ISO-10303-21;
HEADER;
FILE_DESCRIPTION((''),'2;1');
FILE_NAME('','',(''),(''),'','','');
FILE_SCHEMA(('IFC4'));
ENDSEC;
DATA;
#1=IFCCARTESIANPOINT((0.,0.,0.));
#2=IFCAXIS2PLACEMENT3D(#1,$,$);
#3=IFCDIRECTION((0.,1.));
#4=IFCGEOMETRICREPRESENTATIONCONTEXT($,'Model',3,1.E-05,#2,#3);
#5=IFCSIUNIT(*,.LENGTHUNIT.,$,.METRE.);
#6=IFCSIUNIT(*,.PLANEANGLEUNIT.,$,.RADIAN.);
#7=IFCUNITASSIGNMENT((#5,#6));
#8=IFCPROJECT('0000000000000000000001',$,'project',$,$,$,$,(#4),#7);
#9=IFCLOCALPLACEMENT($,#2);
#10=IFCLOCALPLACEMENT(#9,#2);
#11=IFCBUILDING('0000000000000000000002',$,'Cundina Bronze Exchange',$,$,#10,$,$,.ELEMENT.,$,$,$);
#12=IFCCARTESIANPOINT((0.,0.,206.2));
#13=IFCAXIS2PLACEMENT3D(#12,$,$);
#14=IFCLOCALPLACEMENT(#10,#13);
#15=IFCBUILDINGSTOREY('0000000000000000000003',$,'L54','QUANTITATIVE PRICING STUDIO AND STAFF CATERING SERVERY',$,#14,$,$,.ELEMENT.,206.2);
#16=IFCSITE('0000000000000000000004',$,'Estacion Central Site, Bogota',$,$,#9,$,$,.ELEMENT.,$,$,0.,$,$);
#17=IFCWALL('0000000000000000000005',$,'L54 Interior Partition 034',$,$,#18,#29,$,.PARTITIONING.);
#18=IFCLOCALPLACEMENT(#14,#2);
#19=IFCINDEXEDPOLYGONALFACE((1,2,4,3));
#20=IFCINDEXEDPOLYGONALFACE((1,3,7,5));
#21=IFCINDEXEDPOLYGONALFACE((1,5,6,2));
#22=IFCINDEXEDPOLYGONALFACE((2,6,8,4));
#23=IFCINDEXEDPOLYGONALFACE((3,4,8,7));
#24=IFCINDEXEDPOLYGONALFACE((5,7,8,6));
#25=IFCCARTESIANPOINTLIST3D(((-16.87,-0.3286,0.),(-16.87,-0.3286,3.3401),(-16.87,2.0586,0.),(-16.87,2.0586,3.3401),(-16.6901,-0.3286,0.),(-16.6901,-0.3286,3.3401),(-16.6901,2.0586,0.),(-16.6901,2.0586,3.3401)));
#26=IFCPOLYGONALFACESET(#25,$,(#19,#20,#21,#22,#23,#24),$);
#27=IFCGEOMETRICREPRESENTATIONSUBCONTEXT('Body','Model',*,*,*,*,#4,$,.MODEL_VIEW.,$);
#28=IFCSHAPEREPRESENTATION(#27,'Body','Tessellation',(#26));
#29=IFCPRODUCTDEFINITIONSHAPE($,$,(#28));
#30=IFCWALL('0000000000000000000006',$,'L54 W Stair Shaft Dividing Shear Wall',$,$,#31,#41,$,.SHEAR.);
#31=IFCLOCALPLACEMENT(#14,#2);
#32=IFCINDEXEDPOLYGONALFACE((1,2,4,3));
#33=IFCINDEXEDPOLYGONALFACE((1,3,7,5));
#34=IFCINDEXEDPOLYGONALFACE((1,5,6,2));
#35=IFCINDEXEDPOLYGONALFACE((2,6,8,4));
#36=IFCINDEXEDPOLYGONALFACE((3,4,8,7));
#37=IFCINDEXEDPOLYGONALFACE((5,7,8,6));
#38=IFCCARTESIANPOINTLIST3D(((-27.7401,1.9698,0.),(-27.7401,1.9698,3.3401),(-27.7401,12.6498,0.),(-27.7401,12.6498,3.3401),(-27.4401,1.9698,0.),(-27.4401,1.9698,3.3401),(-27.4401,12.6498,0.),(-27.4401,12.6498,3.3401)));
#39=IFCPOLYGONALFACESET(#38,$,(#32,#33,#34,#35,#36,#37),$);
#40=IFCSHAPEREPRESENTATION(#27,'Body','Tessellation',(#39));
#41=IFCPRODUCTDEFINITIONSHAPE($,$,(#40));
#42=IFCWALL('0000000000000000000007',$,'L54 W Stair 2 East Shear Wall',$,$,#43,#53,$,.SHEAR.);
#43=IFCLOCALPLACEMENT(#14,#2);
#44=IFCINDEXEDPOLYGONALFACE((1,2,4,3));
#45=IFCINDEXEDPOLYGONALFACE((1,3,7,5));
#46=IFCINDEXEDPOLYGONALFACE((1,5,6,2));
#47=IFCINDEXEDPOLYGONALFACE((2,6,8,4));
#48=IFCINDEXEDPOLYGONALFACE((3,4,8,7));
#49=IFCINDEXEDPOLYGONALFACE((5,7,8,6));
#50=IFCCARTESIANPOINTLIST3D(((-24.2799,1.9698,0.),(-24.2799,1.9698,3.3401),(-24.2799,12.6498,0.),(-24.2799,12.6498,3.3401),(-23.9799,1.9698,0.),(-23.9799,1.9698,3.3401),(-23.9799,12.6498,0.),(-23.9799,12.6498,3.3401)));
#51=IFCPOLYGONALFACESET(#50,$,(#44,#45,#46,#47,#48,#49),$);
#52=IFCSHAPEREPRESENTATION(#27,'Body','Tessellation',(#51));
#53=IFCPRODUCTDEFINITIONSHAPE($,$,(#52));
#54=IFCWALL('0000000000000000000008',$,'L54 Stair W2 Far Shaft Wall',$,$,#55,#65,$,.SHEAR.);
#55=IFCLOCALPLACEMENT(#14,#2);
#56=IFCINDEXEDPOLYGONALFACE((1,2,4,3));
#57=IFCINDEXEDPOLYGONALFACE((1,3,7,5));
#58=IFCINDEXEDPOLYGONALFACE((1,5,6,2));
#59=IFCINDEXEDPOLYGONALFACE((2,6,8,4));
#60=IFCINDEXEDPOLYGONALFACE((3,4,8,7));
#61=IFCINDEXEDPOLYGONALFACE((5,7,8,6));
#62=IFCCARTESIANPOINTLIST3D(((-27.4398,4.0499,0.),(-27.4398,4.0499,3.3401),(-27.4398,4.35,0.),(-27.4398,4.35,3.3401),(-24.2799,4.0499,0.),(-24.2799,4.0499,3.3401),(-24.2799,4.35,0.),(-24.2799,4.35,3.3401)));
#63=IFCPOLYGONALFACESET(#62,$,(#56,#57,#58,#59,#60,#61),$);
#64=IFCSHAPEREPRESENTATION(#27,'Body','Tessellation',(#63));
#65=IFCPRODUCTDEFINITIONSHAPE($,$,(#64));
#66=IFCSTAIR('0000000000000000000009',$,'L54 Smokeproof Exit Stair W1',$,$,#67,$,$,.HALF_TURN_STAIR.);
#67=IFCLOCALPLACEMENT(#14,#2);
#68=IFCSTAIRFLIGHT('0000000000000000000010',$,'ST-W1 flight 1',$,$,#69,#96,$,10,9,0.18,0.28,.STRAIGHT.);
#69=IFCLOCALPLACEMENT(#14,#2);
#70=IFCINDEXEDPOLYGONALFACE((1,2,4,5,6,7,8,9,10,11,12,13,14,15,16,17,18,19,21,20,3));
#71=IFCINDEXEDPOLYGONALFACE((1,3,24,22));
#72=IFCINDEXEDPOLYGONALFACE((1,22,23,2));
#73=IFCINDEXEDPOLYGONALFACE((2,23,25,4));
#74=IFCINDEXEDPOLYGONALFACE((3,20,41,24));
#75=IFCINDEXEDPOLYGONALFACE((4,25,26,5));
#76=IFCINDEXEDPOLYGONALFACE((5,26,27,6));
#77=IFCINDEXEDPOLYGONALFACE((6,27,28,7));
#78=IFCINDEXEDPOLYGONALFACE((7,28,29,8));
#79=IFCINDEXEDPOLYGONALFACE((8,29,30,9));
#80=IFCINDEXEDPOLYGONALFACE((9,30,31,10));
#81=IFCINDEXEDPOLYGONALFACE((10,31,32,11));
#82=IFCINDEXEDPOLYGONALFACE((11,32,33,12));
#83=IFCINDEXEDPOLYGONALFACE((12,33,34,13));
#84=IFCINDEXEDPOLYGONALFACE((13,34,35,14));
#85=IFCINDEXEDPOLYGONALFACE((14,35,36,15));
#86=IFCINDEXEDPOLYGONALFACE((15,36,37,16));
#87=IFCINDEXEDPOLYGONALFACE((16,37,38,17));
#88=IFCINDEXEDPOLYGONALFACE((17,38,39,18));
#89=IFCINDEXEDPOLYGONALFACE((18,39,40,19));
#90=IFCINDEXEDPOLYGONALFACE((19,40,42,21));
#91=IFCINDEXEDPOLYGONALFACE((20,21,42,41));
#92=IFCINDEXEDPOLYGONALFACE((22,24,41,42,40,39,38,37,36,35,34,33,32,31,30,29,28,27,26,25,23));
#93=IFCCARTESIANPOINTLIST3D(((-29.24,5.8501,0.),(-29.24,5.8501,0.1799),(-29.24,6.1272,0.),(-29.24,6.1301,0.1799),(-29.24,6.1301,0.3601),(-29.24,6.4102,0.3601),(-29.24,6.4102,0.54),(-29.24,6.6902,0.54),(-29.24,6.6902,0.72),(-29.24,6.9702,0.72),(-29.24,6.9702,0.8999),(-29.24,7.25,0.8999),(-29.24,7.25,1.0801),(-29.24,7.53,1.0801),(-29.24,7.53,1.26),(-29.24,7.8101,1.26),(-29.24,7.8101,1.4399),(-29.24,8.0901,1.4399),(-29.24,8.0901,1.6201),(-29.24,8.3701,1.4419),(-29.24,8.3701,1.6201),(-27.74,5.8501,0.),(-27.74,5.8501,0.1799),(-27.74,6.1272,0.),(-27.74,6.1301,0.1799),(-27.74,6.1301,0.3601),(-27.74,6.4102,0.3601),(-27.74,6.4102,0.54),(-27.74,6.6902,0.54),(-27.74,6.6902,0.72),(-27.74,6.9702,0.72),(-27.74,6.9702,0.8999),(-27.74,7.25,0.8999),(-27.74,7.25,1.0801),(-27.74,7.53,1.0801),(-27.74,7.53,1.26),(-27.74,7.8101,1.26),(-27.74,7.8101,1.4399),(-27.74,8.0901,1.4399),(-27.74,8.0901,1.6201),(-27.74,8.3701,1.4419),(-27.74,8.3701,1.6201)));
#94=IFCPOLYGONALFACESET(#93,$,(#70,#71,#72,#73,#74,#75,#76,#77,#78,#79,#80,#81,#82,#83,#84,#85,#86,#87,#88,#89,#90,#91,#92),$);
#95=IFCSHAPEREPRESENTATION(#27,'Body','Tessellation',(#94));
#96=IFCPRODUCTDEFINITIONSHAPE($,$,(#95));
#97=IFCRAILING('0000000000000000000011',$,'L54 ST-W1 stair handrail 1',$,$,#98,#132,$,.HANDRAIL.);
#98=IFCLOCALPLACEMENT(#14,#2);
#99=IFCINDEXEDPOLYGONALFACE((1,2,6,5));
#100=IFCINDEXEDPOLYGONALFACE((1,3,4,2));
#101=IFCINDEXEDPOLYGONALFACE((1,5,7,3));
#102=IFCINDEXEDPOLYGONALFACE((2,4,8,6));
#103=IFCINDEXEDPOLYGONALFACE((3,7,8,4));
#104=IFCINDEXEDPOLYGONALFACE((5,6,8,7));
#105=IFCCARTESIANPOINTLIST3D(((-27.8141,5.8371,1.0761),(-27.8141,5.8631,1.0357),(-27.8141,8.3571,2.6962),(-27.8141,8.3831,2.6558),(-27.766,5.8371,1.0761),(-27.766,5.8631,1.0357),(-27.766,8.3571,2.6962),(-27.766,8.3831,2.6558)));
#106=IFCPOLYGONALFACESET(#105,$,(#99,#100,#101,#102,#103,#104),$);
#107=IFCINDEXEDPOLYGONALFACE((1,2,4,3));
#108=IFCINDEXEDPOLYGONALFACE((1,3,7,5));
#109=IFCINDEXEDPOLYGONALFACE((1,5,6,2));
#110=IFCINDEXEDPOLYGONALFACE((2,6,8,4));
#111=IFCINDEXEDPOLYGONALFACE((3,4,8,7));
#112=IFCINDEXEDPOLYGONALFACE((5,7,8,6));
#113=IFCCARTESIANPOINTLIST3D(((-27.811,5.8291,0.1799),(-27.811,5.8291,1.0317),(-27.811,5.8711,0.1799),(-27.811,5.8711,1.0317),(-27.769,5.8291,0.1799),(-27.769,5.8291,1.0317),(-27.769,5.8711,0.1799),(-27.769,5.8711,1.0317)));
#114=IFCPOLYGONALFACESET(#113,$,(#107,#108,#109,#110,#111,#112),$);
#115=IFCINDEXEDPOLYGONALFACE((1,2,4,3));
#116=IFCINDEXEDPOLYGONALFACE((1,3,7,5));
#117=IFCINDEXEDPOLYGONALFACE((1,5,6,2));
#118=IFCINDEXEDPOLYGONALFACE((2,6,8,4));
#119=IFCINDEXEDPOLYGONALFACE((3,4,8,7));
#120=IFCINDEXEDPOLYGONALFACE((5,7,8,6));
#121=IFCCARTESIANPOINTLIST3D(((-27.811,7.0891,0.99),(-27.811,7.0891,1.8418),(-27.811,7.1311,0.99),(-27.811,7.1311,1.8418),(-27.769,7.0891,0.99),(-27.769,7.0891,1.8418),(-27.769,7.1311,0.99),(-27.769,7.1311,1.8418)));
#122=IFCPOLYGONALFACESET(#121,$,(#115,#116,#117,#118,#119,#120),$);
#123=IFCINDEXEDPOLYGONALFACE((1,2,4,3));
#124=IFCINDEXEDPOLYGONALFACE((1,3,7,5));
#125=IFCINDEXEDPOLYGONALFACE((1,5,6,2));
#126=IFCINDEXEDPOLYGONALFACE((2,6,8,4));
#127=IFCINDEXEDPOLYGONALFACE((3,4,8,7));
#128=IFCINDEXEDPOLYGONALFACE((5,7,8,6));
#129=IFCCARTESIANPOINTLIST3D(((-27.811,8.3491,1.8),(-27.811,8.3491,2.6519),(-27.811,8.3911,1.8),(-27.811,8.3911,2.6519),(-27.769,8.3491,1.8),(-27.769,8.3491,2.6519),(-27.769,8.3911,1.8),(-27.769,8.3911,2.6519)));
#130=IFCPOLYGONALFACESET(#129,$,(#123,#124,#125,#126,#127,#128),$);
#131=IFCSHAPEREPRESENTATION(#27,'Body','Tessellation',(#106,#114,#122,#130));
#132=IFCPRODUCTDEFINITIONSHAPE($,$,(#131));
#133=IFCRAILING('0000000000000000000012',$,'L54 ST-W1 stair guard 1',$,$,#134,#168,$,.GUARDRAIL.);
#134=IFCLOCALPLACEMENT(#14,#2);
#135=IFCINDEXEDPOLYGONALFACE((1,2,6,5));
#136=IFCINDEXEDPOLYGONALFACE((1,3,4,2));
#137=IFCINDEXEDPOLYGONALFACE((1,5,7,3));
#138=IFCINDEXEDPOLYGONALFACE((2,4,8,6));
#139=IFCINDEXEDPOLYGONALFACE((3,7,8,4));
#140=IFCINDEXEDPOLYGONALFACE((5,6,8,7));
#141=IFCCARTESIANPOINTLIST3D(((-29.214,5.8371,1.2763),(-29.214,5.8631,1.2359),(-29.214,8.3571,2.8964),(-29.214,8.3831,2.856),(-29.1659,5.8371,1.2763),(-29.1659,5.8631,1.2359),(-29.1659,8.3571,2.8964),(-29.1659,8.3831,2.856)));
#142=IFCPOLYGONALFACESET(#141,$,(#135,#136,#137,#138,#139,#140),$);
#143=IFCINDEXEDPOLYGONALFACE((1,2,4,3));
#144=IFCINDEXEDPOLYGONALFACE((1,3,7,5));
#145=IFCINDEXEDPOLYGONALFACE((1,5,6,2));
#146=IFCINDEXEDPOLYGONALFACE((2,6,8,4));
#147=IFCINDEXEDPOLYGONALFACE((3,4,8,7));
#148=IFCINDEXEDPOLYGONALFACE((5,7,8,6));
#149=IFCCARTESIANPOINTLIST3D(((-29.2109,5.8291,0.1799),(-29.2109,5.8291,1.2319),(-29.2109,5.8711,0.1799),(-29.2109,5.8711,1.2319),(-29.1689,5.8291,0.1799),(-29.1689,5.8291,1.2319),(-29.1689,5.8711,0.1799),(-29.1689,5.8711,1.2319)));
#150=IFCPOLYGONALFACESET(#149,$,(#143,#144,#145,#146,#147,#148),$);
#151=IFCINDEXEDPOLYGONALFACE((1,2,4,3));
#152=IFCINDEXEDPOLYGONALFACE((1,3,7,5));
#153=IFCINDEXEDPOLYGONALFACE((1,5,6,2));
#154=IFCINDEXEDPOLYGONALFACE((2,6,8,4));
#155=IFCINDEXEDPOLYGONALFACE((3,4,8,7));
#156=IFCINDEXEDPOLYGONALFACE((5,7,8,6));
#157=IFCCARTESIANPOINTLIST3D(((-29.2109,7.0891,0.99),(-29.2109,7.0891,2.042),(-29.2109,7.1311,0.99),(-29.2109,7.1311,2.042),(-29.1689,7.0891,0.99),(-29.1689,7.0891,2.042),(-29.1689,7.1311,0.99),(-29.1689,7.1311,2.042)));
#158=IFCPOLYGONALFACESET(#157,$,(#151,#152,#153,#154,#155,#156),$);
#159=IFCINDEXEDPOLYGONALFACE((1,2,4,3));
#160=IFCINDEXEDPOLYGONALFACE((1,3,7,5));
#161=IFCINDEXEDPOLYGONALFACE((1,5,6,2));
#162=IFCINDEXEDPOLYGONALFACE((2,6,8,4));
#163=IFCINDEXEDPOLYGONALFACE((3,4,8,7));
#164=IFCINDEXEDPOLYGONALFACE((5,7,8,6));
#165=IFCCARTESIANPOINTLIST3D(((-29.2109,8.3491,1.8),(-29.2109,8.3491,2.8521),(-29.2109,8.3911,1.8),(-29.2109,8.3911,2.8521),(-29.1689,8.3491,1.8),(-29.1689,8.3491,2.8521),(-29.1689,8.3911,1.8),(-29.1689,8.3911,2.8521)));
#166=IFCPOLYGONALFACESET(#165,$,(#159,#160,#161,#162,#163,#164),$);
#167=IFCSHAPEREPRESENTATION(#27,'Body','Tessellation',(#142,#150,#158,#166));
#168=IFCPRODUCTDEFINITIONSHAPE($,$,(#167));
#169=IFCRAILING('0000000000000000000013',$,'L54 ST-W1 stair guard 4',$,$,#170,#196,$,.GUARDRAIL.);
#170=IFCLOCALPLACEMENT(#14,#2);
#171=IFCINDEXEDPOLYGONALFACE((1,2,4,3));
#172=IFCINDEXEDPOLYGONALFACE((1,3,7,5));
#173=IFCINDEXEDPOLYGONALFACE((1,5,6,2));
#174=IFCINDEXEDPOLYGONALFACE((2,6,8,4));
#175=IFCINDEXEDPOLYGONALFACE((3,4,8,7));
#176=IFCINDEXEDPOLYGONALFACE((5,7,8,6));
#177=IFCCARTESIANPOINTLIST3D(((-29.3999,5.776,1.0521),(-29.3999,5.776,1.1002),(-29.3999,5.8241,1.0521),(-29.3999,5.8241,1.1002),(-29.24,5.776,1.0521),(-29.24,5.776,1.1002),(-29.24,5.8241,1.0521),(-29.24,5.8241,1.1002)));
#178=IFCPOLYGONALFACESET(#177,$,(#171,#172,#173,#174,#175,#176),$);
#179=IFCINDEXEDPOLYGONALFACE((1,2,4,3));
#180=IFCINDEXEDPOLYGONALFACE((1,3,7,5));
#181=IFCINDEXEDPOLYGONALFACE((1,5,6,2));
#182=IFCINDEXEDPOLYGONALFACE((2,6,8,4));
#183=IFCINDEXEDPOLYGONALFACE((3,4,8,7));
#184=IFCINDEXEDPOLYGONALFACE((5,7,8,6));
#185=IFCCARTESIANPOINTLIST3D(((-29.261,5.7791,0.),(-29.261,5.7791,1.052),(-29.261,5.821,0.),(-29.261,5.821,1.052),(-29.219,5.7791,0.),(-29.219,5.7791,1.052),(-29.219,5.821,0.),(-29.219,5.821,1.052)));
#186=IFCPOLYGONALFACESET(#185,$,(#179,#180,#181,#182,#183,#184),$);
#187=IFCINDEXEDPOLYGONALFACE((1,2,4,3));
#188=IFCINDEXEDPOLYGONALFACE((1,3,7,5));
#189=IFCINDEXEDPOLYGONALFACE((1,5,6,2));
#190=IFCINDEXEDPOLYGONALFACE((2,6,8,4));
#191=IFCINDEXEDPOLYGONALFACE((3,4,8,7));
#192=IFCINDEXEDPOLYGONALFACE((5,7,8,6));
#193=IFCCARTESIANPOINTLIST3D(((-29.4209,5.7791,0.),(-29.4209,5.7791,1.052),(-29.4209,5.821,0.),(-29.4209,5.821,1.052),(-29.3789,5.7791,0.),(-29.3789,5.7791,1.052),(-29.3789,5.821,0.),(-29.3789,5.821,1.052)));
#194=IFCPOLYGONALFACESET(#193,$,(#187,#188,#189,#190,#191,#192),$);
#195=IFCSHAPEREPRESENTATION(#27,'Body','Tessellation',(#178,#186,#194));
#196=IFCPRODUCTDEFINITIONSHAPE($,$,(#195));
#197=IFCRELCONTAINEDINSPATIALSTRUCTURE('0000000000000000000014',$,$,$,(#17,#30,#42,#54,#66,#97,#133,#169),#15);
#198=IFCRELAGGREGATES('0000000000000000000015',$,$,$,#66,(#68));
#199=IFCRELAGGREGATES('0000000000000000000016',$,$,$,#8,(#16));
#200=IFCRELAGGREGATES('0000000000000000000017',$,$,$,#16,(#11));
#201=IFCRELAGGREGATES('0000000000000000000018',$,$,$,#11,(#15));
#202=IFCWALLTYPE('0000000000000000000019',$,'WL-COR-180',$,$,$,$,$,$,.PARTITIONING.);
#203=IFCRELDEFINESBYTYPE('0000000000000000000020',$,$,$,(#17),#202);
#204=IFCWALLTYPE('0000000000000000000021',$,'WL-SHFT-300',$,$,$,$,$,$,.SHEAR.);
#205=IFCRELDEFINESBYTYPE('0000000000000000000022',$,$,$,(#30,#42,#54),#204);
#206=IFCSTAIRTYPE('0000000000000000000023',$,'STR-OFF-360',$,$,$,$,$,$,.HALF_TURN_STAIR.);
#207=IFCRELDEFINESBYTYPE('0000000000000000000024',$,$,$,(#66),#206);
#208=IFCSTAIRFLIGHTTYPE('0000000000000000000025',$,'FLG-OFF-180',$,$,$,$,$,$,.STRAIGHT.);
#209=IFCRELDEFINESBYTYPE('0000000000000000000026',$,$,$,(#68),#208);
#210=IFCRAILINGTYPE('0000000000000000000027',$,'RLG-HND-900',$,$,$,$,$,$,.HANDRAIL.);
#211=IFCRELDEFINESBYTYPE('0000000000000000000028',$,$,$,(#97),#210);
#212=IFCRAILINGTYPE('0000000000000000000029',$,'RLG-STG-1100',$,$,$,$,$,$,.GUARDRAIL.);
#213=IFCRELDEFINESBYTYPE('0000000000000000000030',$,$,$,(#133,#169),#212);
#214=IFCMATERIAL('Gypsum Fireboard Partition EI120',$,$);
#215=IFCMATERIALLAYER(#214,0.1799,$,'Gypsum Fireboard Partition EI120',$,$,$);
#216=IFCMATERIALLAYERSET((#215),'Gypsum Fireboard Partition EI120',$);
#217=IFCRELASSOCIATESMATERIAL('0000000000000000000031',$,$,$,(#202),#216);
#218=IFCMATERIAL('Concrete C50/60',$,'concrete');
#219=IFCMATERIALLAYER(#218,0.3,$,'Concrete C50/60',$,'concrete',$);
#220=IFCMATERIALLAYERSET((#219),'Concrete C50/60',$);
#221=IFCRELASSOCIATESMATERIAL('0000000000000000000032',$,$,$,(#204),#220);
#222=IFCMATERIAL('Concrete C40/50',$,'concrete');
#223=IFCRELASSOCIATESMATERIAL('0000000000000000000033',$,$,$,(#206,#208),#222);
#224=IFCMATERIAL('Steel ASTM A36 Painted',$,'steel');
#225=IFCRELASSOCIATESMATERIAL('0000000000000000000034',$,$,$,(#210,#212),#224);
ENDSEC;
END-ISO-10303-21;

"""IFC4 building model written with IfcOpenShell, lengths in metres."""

from ifc_helpers import new_model, si_unit, direction, frame, frame_2d, origin, origin_2d, place, context, subcontext, project, spatial, polyline, rectangle, outline, extrude, material, layer, layer_set, type_object, element, aggregate, save


model = new_model("IFC4")

# Units and contexts
model_context = context("Model", 3, precision=1e-05, world=origin(), true_north=direction((0.0, 1.0)))
body_context = subcontext(model_context, "Body", "Model", "MODEL_VIEW")
ifc_project = project(units=[si_unit("LENGTHUNIT", "METRE"), si_unit("PLANEANGLEUNIT", "RADIAN")], contexts=[model_context])

# Site, building, storey
site_placement = place(None, origin())
site = spatial("IfcSite", under=ifc_project, at=site_placement, Name="Estacion Central Site, Bogota", CompositionType="ELEMENT", RefElevation=0.0)
building_placement = place(site_placement, origin())
building = spatial("IfcBuilding", under=site, at=building_placement, Name="Cundina Bronze Exchange", CompositionType="ELEMENT")
storey_placement = place(building_placement, frame((0.0, 0.0, 206.2)))
storey = spatial("IfcBuildingStorey", under=building, at=storey_placement, Name="L54", Description="QUANTITATIVE PRICING STUDIO AND STAFF CATERING SERVERY", CompositionType="ELEMENT", Elevation=206.2)

# Shared definitions
ifc_material_1 = material(Name="Concrete C50/60", Category="concrete")

# Shared definitions
ifc_material_2 = material(Name="Gypsum Fireboard Partition EI120")
ifc_layer_1 = layer(ifc_material_2, 0.1799, Name="Gypsum Fireboard Partition EI120")
ifc_layer_set_1 = layer_set([ifc_layer_1], Name="Gypsum Fireboard Partition EI120")
wall_type_1 = type_object("IfcWallType", Name="WL-COR-180", PredefinedType="PARTITIONING", material=ifc_layer_set_1)

# Shared definitions
ifc_material_3 = material(Name="Steel ASTM A36 Painted", Category="steel")

# Walls
wall_1_placement = place(storey_placement, frame((-16.78, -0.3286, 0.0), z_axis=(0.0, 0.0, 1.0), x_axis=(0.0, 1.0, 0.0)))
element("IfcWall", 1, at=wall_1_placement, inside=storey, type_object=wall_type_1, Name="L54 Interior Partition 034", PredefinedType="PARTITIONING", context=body_context, shape_type="SweptSolid", body=[
    extrude(rectangle(XDim=2.3872, YDim=0.1799, at=frame_2d((1.1936, 0.0))), origin(), (0.0, 0.0, 1.0), 3.3401),
])
ifc_layer_2 = layer(ifc_material_1, 0.3, Name="Concrete C50/60", Category="concrete")
ifc_layer_set_2 = layer_set([ifc_layer_2], Name="Concrete C50/60")
wall_type_2 = type_object("IfcWallType", Name="WL-SHFT-300", PredefinedType="SHEAR", material=ifc_layer_set_2)
for number, where, z_axis, x_axis, name in (
    (2, (-27.5901, 1.97, 0.0), (0.0, 0.0, 1.0), (0.0, 1.0, 0.0), "L54 W Stair Shaft Dividing Shear Wall"),
    (3, (-24.1299, 1.97, 0.0), (0.0, 0.0, 1.0), (0.0, 1.0, 0.0), "L54 W Stair 2 East Shear Wall"),
):
    element("IfcWall", number, at=place(storey_placement, frame(where, z_axis=z_axis, x_axis=x_axis)), inside=storey, type_object=wall_type_2, Name=name, PredefinedType="SHEAR", context=body_context, shape_type="SweptSolid", body=[
        extrude(rectangle(XDim=10.6799, YDim=0.3, at=frame_2d((5.3398, 0.0))), origin(), (0.0, 0.0, 1.0), 3.3401),
    ])
wall_2_placement = place(storey_placement, frame((-27.4399, 4.2, 0.0), z_axis=(0.0, 0.0, 1.0), x_axis=(1.0, 0.0, 0.0)))
element("IfcWall", 4, at=wall_2_placement, inside=storey, type_object=wall_type_2, Name="L54 Stair W2 Far Shaft Wall", PredefinedType="SHEAR", context=body_context, shape_type="SweptSolid", body=[
    extrude(rectangle(XDim=3.1599, YDim=0.3, at=frame_2d((1.5801, 0.0))), origin(), (0.0, 0.0, 1.0), 3.3401),
])

# Stair, stair flight
ifc_material_4 = material(Name="Concrete C40/50", Category="concrete")
stair_type = type_object("IfcStairType", Name="STR-OFF-360", PredefinedType="HALF_TURN_STAIR", material=ifc_material_4)
stair_placement = place(storey_placement, origin())
stair = element("IfcStair", 5, at=stair_placement, inside=storey, type_object=stair_type, Name="L54 Smokeproof Exit Stair W1", PredefinedType="HALF_TURN_STAIR")
stair_flight_type = type_object("IfcStairFlightType", Name="FLG-OFF-180", PredefinedType="STRAIGHT", material=ifc_material_4)
stair_flight_placement = place(storey_placement, frame((-28.49, 5.8501, 0.0), z_axis=(0.0, 0.0, 1.0), x_axis=(0.0, 1.0, 0.0)))
stair_flight = element("IfcStairFlight", 6, at=stair_flight_placement, type_object=stair_flight_type, Name="ST-W1 flight 1", NumberOfRisers=10, NumberOfTreads=9, PredefinedType="STRAIGHT", RiserHeight=0.18, TreadLength=0.28, context=body_context, shape_type="SweptSolid", body=[
    extrude(outline(polyline([(0.0, 0.0), (0.0, 0.1799), (0.28, 0.1799), (0.28, 0.3601), (0.5601, 0.3601), (0.5601, 0.54), (0.8401, 0.54), (0.8401, 0.72), (1.1201, 0.72), (1.1201, 0.8999), (1.3999, 0.8999), (1.3999, 1.0801), (1.6799, 1.0801), (1.6799, 1.26), (1.96, 1.26), (1.96, 1.4399), (2.24, 1.4399), (2.24, 1.6201), (2.52, 1.6201), (2.52, 1.8), (2.52, 1.4419), (0.2771, 0.0), (0.0, 0.0)])), frame((0.0, 0.75, 0.0), z_axis=(0.0, -1.0, 0.0), x_axis=(1.0, 0.0, 0.0)), (0.0, 0.0, 1.0), 1.5),
])
aggregate(stair, [stair_flight])

# Railings
railing_type_1 = type_object("IfcRailingType", Name="RLG-HND-900", PredefinedType="HANDRAIL", material=ifc_material_3)
railing_1_placement = place(storey_placement, frame((-27.79, 5.8501, 0.1799)))
element("IfcRailing", 7, at=railing_1_placement, inside=storey, type_object=railing_type_1, Name="L54 ST-W1 stair handrail 1", PredefinedType="HANDRAIL", context=body_context, shape_type="SweptSolid", body=[
    extrude(rectangle(XDim=0.0481, YDim=0.0481, at=origin_2d()), frame((0.0, 0.0, 0.876), z_axis=(0.0, 0.841163, 0.540782), x_axis=(-1.0, 0.0, 0.0)), (0.0, 0.0, 1.0), 2.9958),
    extrude(rectangle(XDim=0.042, YDim=0.042, at=origin_2d()), origin(), (0.0, 0.0, 1.0), 0.8518),
    extrude(rectangle(XDim=0.042, YDim=0.042, at=origin_2d()), frame((0.0, 1.26, 0.8101)), (0.0, 0.0, 1.0), 0.8518),
    extrude(rectangle(XDim=0.042, YDim=0.042, at=origin_2d()), frame((0.0, 2.52, 1.6201)), (0.0, 0.0, 1.0), 0.8518),
])
railing_type_2 = type_object("IfcRailingType", Name="RLG-STG-1100", PredefinedType="GUARDRAIL", material=ifc_material_3)
railing_2_placement = place(storey_placement, frame((-29.1899, 5.8501, 0.1799)))
element("IfcRailing", 8, at=railing_2_placement, inside=storey, type_object=railing_type_2, Name="L54 ST-W1 stair guard 1", PredefinedType="GUARDRAIL", context=body_context, shape_type="SweptSolid", body=[
    extrude(rectangle(XDim=0.0481, YDim=0.0481, at=origin_2d()), frame((0.0, 0.0, 1.0762), z_axis=(0.0, 0.841163, 0.540782), x_axis=(-1.0, 0.0, 0.0)), (0.0, 0.0, 1.0), 2.9958),
    extrude(rectangle(XDim=0.042, YDim=0.042, at=origin_2d()), origin(), (0.0, 0.0, 1.0), 1.052),
    extrude(rectangle(XDim=0.042, YDim=0.042, at=origin_2d()), frame((0.0, 1.26, 0.8101)), (0.0, 0.0, 1.0), 1.052),
    extrude(rectangle(XDim=0.042, YDim=0.042, at=origin_2d()), frame((0.0, 2.52, 1.6201)), (0.0, 0.0, 1.0), 1.052),
])
railing_3_placement = place(storey_placement, frame((-29.24, 5.8, 0.0)))
element("IfcRailing", 9, at=railing_3_placement, inside=storey, type_object=railing_type_2, Name="L54 ST-W1 stair guard 4", PredefinedType="GUARDRAIL", context=body_context, shape_type="SweptSolid", body=[
    extrude(rectangle(XDim=0.0481, YDim=0.0481, at=origin_2d()), frame((0.0, 0.0, 1.0762), z_axis=(-1.0, 0.0, 0.0), x_axis=(0.0, -1.0, 0.0)), (0.0, 0.0, 1.0), 0.1599),
    extrude(rectangle(XDim=0.042, YDim=0.042, at=origin_2d()), origin(), (0.0, 0.0, 1.0), 1.052),
    extrude(rectangle(XDim=0.042, YDim=0.042, at=origin_2d()), frame((-0.1599, 0.0, 0.0)), (0.0, 0.0, 1.0), 1.052),
])

save(model, "model.ifc")
